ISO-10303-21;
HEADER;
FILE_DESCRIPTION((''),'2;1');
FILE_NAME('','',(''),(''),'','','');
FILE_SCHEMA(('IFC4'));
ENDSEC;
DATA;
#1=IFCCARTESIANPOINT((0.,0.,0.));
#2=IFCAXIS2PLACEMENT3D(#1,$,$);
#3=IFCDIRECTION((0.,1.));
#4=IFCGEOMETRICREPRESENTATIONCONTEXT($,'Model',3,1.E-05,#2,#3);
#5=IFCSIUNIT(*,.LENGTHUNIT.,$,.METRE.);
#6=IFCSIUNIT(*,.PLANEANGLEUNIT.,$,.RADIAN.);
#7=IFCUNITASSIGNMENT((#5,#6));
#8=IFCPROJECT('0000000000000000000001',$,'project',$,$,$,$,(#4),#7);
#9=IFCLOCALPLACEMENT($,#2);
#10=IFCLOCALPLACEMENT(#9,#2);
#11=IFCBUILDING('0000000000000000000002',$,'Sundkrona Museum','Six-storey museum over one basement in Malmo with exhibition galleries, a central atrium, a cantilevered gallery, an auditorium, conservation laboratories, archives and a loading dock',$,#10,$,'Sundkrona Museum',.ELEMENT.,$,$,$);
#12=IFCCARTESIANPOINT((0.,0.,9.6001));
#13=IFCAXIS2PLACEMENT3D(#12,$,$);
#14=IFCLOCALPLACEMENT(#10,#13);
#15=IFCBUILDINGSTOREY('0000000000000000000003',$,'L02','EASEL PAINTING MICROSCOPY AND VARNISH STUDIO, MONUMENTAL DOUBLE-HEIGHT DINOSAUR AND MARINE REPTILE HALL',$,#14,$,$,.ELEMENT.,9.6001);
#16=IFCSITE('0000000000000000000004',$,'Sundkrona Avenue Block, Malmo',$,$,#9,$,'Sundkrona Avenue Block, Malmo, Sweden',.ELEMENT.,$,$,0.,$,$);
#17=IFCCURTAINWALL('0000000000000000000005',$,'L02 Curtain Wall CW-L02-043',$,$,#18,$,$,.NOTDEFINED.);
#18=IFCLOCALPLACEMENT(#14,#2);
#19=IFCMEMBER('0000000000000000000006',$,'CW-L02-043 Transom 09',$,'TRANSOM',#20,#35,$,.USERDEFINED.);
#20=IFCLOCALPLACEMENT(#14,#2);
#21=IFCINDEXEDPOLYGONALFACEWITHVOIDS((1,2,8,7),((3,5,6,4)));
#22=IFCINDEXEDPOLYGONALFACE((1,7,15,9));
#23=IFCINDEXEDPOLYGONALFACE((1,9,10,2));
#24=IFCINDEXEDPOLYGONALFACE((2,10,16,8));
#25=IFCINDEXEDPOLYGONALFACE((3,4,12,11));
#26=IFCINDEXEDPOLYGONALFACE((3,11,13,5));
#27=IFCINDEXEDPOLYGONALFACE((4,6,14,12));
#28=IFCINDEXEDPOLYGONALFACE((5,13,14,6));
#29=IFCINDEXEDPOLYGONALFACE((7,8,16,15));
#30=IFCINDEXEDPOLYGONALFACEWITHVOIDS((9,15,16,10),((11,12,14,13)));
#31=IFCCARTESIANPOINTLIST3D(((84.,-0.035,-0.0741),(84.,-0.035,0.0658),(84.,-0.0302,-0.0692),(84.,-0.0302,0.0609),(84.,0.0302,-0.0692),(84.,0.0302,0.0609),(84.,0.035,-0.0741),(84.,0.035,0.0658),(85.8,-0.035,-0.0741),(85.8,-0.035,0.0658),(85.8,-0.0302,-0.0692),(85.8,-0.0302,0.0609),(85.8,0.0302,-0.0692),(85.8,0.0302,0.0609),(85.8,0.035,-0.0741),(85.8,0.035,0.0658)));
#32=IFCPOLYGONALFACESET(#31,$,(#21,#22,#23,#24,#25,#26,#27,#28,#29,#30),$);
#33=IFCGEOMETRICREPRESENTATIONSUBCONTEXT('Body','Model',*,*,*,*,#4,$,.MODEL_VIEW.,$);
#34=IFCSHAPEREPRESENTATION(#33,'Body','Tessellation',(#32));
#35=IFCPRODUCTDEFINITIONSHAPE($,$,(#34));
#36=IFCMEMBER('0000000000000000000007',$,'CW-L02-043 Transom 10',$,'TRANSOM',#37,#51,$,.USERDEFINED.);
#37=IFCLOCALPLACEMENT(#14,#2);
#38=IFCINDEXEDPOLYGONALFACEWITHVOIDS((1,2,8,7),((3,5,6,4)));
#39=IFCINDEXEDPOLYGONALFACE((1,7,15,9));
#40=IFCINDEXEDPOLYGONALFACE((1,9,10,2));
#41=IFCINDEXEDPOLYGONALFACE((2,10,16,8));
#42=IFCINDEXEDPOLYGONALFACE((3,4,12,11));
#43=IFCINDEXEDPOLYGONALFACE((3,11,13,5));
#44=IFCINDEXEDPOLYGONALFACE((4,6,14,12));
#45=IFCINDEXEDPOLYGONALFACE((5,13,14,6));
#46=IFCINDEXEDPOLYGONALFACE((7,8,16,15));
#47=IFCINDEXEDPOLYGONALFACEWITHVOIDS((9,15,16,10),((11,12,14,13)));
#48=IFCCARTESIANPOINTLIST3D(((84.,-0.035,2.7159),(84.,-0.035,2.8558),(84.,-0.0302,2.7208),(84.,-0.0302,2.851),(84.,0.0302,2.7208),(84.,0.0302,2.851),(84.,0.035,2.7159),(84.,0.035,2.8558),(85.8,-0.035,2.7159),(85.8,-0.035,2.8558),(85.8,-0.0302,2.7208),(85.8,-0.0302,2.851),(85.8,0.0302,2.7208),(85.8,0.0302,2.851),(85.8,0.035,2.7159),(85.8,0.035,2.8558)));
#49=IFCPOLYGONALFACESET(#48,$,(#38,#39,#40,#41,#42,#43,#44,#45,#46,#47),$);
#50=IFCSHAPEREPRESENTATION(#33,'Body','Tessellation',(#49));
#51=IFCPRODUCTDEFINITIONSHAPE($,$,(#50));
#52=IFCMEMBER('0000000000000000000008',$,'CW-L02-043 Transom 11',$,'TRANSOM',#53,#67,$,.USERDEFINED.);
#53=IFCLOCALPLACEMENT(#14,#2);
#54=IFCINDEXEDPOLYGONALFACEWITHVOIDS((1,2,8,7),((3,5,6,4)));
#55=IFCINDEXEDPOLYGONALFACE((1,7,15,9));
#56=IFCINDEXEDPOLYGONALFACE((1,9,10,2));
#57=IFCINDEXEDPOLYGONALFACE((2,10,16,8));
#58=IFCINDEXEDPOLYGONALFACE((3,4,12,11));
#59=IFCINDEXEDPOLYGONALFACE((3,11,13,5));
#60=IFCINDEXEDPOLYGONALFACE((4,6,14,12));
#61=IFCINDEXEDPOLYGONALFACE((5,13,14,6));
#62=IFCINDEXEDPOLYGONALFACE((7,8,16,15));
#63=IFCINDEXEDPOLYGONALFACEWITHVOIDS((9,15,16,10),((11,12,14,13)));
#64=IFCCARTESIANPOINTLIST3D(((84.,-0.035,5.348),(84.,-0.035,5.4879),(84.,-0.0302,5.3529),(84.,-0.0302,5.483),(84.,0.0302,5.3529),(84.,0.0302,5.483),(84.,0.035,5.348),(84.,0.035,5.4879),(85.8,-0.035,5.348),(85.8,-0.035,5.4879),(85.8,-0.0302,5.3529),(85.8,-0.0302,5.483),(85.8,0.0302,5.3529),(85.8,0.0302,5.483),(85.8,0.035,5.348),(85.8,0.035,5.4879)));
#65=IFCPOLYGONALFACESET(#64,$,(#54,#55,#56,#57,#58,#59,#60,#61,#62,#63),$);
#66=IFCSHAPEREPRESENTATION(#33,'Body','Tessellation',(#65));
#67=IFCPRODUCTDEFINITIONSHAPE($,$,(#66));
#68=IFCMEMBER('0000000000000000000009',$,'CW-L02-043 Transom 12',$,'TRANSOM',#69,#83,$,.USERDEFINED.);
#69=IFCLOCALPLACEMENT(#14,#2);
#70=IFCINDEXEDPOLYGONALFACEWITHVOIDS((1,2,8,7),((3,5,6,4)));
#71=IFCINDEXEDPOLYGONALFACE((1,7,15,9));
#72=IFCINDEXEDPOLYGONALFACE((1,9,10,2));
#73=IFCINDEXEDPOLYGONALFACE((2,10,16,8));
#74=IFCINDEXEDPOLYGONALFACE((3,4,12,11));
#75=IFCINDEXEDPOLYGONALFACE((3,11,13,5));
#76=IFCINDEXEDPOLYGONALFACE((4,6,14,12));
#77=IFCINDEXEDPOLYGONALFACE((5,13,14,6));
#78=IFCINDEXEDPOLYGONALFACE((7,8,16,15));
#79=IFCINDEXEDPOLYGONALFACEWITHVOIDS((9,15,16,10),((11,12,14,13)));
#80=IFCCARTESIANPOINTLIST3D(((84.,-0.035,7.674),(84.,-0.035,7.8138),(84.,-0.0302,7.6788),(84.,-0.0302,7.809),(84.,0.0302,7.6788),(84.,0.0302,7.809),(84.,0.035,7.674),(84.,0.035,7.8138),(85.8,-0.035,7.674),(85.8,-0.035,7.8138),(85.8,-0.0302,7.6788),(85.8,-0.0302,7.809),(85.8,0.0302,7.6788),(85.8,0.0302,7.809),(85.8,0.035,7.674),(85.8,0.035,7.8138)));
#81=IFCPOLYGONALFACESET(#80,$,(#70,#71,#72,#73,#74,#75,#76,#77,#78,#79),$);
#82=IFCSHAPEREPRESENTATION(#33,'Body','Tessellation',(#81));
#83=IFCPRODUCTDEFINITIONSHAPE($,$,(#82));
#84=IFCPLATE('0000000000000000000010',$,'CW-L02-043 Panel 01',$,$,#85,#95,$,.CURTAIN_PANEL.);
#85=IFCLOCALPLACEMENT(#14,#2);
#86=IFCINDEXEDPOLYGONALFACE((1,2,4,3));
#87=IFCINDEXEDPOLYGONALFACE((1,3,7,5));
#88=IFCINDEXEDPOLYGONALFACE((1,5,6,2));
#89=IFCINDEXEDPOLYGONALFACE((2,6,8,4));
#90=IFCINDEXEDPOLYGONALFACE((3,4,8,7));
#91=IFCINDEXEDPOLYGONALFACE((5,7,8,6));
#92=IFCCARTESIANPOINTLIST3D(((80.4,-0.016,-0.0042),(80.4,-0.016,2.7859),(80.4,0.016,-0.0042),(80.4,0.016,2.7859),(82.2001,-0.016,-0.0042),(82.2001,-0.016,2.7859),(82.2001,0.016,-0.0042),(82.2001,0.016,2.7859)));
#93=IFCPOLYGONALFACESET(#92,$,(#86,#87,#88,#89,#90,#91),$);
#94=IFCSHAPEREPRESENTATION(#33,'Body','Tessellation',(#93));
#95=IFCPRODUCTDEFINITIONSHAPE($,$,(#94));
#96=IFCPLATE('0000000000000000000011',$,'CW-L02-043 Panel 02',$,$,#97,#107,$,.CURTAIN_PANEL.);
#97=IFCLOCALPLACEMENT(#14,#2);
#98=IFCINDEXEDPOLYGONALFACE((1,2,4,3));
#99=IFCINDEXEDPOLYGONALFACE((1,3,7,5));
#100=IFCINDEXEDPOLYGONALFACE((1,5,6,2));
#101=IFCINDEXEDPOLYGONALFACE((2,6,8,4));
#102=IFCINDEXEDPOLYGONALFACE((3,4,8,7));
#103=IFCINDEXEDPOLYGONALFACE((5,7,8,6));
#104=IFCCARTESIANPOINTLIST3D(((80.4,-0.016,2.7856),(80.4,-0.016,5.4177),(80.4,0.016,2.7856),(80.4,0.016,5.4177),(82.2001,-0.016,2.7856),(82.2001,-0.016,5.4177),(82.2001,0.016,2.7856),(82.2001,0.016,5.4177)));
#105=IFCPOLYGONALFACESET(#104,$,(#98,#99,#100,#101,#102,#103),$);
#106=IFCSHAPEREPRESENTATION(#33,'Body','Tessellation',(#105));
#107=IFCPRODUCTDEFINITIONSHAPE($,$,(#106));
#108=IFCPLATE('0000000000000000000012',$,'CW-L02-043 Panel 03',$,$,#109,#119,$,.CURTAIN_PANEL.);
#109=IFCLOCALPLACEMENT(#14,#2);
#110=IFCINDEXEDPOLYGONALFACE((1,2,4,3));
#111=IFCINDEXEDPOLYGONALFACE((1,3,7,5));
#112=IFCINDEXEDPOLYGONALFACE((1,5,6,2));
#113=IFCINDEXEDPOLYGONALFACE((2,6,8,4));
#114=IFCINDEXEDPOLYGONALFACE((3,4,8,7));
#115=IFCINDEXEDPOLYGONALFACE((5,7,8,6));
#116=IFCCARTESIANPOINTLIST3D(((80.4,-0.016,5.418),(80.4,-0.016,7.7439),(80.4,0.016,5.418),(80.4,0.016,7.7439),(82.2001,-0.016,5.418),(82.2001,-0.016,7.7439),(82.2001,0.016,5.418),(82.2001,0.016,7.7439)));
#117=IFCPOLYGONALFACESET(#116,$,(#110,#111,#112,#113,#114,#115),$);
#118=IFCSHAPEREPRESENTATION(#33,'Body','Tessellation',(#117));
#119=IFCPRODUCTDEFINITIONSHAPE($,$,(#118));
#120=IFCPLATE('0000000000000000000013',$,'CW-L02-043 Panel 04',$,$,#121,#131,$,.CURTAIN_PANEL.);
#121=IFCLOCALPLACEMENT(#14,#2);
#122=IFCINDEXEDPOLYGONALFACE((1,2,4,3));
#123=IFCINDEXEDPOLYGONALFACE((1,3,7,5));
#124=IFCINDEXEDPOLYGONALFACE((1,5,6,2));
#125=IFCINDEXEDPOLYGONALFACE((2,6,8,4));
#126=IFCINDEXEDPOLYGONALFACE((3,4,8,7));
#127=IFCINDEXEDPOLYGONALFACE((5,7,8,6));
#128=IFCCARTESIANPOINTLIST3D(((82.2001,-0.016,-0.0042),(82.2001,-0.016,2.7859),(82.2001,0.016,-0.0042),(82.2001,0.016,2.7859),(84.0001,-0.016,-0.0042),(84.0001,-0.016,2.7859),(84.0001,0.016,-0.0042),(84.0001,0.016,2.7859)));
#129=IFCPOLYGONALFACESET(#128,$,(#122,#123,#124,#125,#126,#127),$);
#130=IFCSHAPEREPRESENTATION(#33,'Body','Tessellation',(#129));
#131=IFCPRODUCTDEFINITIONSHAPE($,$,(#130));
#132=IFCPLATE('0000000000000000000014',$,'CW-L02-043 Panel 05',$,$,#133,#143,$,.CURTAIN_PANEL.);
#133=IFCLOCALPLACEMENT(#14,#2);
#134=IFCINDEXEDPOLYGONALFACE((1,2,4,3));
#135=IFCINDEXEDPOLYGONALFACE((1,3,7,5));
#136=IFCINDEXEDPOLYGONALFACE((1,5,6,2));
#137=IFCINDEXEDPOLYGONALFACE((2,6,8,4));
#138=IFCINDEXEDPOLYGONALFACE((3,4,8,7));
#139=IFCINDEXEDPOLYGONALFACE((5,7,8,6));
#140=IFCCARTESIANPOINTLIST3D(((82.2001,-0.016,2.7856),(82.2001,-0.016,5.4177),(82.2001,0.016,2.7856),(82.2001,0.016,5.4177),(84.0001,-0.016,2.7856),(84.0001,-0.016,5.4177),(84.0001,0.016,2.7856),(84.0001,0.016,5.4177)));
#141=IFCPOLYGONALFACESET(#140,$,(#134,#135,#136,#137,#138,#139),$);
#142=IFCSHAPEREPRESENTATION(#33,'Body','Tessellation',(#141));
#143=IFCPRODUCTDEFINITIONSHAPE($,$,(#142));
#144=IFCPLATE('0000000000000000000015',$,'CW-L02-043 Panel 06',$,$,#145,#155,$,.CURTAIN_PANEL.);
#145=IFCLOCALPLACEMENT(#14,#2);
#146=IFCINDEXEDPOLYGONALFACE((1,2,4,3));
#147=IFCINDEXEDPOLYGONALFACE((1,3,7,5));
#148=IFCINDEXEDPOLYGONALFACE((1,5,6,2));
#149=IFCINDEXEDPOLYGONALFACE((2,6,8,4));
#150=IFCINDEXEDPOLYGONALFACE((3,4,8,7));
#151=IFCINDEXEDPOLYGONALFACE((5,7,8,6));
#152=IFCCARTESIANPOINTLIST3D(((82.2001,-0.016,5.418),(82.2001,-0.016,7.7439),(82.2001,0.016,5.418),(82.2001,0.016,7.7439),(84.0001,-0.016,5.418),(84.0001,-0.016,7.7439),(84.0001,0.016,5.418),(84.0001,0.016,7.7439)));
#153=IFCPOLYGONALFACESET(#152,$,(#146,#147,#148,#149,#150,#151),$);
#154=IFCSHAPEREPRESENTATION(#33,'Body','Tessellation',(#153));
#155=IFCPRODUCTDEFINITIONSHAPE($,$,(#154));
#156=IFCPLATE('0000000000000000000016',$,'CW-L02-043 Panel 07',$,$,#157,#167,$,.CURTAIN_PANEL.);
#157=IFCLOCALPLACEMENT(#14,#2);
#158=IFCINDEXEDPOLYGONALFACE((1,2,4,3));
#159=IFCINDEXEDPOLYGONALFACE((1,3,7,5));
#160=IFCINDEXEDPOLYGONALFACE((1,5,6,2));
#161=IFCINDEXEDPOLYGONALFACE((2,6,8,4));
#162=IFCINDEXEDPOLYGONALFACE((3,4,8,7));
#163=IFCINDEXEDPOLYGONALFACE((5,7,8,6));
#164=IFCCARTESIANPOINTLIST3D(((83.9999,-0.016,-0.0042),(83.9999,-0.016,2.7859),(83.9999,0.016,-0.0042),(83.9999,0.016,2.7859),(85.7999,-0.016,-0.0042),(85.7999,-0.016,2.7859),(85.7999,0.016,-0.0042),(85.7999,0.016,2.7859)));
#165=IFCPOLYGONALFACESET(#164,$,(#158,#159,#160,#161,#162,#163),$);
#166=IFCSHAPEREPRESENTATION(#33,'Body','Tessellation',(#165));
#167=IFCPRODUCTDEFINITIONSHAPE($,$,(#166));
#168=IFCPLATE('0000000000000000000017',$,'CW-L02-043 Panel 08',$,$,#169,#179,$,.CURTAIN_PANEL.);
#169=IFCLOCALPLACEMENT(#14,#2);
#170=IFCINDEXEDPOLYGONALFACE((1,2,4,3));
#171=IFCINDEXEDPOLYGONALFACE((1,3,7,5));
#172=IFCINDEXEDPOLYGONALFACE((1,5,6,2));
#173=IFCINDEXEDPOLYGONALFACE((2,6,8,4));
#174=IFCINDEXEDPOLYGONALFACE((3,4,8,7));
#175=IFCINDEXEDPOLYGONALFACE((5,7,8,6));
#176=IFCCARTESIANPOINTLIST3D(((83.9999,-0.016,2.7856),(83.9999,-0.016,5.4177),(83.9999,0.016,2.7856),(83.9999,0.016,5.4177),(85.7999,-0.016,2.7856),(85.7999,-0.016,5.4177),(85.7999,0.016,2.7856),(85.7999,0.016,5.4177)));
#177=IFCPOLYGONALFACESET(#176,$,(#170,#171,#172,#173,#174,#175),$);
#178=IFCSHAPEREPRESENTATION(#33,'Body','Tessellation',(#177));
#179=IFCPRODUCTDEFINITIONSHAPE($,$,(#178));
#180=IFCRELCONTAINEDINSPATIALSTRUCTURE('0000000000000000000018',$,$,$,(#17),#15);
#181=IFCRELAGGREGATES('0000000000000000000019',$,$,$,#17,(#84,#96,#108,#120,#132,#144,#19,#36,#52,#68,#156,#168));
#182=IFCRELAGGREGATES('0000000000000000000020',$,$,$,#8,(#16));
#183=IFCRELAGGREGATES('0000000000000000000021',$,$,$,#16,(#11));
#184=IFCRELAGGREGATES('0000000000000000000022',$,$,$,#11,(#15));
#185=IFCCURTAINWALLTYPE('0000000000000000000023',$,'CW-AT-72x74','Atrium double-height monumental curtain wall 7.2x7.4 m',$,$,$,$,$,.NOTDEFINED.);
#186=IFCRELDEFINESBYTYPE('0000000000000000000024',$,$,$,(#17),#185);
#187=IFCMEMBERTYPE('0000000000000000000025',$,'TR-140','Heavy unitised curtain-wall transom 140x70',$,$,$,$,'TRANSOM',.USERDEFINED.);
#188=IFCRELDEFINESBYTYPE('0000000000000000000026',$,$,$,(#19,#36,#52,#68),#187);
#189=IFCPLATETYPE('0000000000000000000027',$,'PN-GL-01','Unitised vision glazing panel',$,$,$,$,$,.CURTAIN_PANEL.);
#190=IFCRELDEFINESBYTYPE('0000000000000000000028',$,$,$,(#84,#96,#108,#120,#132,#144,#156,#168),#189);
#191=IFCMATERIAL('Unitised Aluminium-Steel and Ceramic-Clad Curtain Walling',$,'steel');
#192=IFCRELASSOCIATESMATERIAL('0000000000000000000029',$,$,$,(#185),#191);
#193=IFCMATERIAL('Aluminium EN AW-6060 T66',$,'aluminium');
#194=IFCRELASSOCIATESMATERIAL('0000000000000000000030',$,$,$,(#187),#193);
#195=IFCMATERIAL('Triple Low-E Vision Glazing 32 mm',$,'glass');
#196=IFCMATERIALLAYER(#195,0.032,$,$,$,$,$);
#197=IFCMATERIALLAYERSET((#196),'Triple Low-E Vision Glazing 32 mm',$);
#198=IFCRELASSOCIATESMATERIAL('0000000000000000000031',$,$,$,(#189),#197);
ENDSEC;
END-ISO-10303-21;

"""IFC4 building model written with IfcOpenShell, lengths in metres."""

from ifc_helpers import new_model, si_unit, direction, frame, origin, origin_2d, place, context, subcontext, project, spatial, rectangle, hollow_rectangle, extrude, material, layer, layer_set, material_profile, profile_set, type_object, element, aggregate, save


model = new_model("IFC4")

# Units and contexts
model_context = context("Model", 3, precision=1e-05, world=origin(), true_north=direction((0.0, 1.0)))
body_context = subcontext(model_context, "Body", "Model", "MODEL_VIEW")
ifc_project = project(units=[si_unit("LENGTHUNIT", "METRE"), si_unit("PLANEANGLEUNIT", "RADIAN")], contexts=[model_context])

# Site, building, storey
site_placement = place(None, origin())
site = spatial("IfcSite", under=ifc_project, at=site_placement, Name="Sundkrona Avenue Block, Malmo", LongName="Sundkrona Avenue Block, Malmo, Sweden", CompositionType="ELEMENT", RefElevation=0.0)
building_placement = place(site_placement, origin())
building = spatial("IfcBuilding", under=site, at=building_placement, Name="Sundkrona Museum", Description="Six-storey museum over one basement in Malmo with exhibition galleries, a central atrium, a cantilevered gallery, an auditorium, conservation laboratories, archives and a loading dock", LongName="Sundkrona Museum", CompositionType="ELEMENT")
storey_placement = place(building_placement, frame((0.0, 0.0, 9.6001)))
storey = spatial("IfcBuildingStorey", under=building, at=storey_placement, Name="L02", Description="EASEL PAINTING MICROSCOPY AND VARNISH STUDIO, MONUMENTAL DOUBLE-HEIGHT DINOSAUR AND MARINE REPTILE HALL", CompositionType="ELEMENT", Elevation=9.6001)

# Curtain wall, members, plates
ifc_material_1 = material(Name="Unitised Aluminium-Steel and Ceramic-Clad Curtain Walling", Category="steel")
curtain_wall_type = type_object("IfcCurtainWallType", Name="CW-AT-72x74", Description="Atrium double-height monumental curtain wall 7.2x7.4 m", PredefinedType="NOTDEFINED", material=ifc_material_1)
curtain_wall_placement = place(storey_placement, origin())
curtain_wall = element("IfcCurtainWall", 1, at=curtain_wall_placement, inside=storey, type_object=curtain_wall_type, Name="L02 Curtain Wall CW-L02-043", PredefinedType="NOTDEFINED")
ifc_material_2 = material(Name="Aluminium EN AW-6060 T66", Category="aluminium")
ifc_material_profile_1 = material_profile(ifc_material_2, hollow_rectangle(XDim=0.0701, YDim=0.1399, WallThickness=0.0049, at=origin_2d()), Name="RHS 140x70x5.0")
ifc_profile_set_1 = profile_set([ifc_material_profile_1], Name="Aluminium EN AW-6060 T66")
member_type_1 = type_object("IfcMemberType", Name="TR-140", Description="Heavy unitised curtain-wall transom 140x70", ElementType="TRANSOM", PredefinedType="USERDEFINED", material=ifc_profile_set_1)
member_1_placement = place(storey_placement, frame((84.0, 0.0, -0.0042), z_axis=(1.0, 0.0, 0.0), x_axis=(0.0, 1.0, 0.0)))
member_1 = element("IfcMember", 2, at=member_1_placement, type_object=member_type_1, Name="CW-L02-043 Transom 09", ObjectType="TRANSOM", PredefinedType="USERDEFINED", context=body_context, shape_type="SweptSolid", body=[
    extrude(hollow_rectangle(XDim=0.0701, YDim=0.1399, WallThickness=0.0049, at=origin_2d()), origin(), (0.0, 0.0, 1.0), 1.8),
])
member_2_placement = place(storey_placement, frame((84.0, 0.0, 2.7859), z_axis=(1.0, 0.0, 0.0), x_axis=(0.0, 1.0, 0.0)))
member_2 = element("IfcMember", 3, at=member_2_placement, type_object=member_type_1, Name="CW-L02-043 Transom 10", ObjectType="TRANSOM", PredefinedType="USERDEFINED", context=body_context, shape_type="SweptSolid", body=[
    extrude(hollow_rectangle(XDim=0.0701, YDim=0.1399, WallThickness=0.0049, at=origin_2d()), origin(), (0.0, 0.0, 1.0), 1.8),
])
member_3_placement = place(storey_placement, frame((84.0, 0.0, 5.418), z_axis=(1.0, 0.0, 0.0), x_axis=(0.0, 1.0, 0.0)))
member_3 = element("IfcMember", 4, at=member_3_placement, type_object=member_type_1, Name="CW-L02-043 Transom 11", ObjectType="TRANSOM", PredefinedType="USERDEFINED", context=body_context, shape_type="SweptSolid", body=[
    extrude(hollow_rectangle(XDim=0.0701, YDim=0.1399, WallThickness=0.0049, at=origin_2d()), origin(), (0.0, 0.0, 1.0), 1.8),
])
member_4_placement = place(storey_placement, frame((84.0, 0.0, 7.7439), z_axis=(1.0, 0.0, 0.0), x_axis=(0.0, 1.0, 0.0)))
member_4 = element("IfcMember", 5, at=member_4_placement, type_object=member_type_1, Name="CW-L02-043 Transom 12", ObjectType="TRANSOM", PredefinedType="USERDEFINED", context=body_context, shape_type="SweptSolid", body=[
    extrude(hollow_rectangle(XDim=0.0701, YDim=0.1399, WallThickness=0.0049, at=origin_2d()), origin(), (0.0, 0.0, 1.0), 1.8),
])
ifc_material_3 = material(Name="Triple Low-E Vision Glazing 32 mm", Category="glass")
ifc_layer = layer(ifc_material_3, 0.032)
ifc_layer_set = layer_set([ifc_layer], Name="Triple Low-E Vision Glazing 32 mm")
plate_type = type_object("IfcPlateType", Name="PN-GL-01", Description="Unitised vision glazing panel", PredefinedType="CURTAIN_PANEL", material=ifc_layer_set)
plate_1_placement = place(storey_placement, frame((81.3, 0.0, -0.0042), z_axis=(0.0, 0.0, 1.0), x_axis=(1.0, 0.0, 0.0)))
plate_1 = element("IfcPlate", 6, at=plate_1_placement, type_object=plate_type, Name="CW-L02-043 Panel 01", PredefinedType="CURTAIN_PANEL", context=body_context, shape_type="SweptSolid", body=[
    extrude(rectangle(XDim=1.8, YDim=0.032, at=origin_2d()), origin(), (0.0, 0.0, 1.0), 2.79),
])
plate_2_placement = place(storey_placement, frame((81.3, 0.0, 2.7856), z_axis=(0.0, 0.0, 1.0), x_axis=(1.0, 0.0, 0.0)))
plate_2 = element("IfcPlate", 7, at=plate_2_placement, type_object=plate_type, Name="CW-L02-043 Panel 02", PredefinedType="CURTAIN_PANEL", context=body_context, shape_type="SweptSolid", body=[
    extrude(rectangle(XDim=1.8, YDim=0.032, at=origin_2d()), origin(), (0.0, 0.0, 1.0), 2.6321),
])
plate_3_placement = place(storey_placement, frame((81.3, 0.0, 5.418), z_axis=(0.0, 0.0, 1.0), x_axis=(1.0, 0.0, 0.0)))
plate_3 = element("IfcPlate", 8, at=plate_3_placement, type_object=plate_type, Name="CW-L02-043 Panel 03", PredefinedType="CURTAIN_PANEL", context=body_context, shape_type="SweptSolid", body=[
    extrude(rectangle(XDim=1.8, YDim=0.032, at=origin_2d()), origin(), (0.0, 0.0, 1.0), 2.3259),
])
plate_4_placement = place(storey_placement, frame((83.1001, 0.0, -0.0042), z_axis=(0.0, 0.0, 1.0), x_axis=(1.0, 0.0, 0.0)))
plate_4 = element("IfcPlate", 9, at=plate_4_placement, type_object=plate_type, Name="CW-L02-043 Panel 04", PredefinedType="CURTAIN_PANEL", context=body_context, shape_type="SweptSolid", body=[
    extrude(rectangle(XDim=1.8, YDim=0.032, at=origin_2d()), origin(), (0.0, 0.0, 1.0), 2.79),
])
plate_5_placement = place(storey_placement, frame((83.1001, 0.0, 2.7856), z_axis=(0.0, 0.0, 1.0), x_axis=(1.0, 0.0, 0.0)))
plate_5 = element("IfcPlate", 10, at=plate_5_placement, type_object=plate_type, Name="CW-L02-043 Panel 05", PredefinedType="CURTAIN_PANEL", context=body_context, shape_type="SweptSolid", body=[
    extrude(rectangle(XDim=1.8, YDim=0.032, at=origin_2d()), origin(), (0.0, 0.0, 1.0), 2.6321),
])
plate_6_placement = place(storey_placement, frame((83.1001, 0.0, 5.418), z_axis=(0.0, 0.0, 1.0), x_axis=(1.0, 0.0, 0.0)))
plate_6 = element("IfcPlate", 11, at=plate_6_placement, type_object=plate_type, Name="CW-L02-043 Panel 06", PredefinedType="CURTAIN_PANEL", context=body_context, shape_type="SweptSolid", body=[
    extrude(rectangle(XDim=1.8, YDim=0.032, at=origin_2d()), origin(), (0.0, 0.0, 1.0), 2.3259),
])
plate_7_placement = place(storey_placement, frame((84.8999, 0.0, -0.0042), z_axis=(0.0, 0.0, 1.0), x_axis=(1.0, 0.0, 0.0)))
plate_7 = element("IfcPlate", 12, at=plate_7_placement, type_object=plate_type, Name="CW-L02-043 Panel 07", PredefinedType="CURTAIN_PANEL", context=body_context, shape_type="SweptSolid", body=[
    extrude(rectangle(XDim=1.8, YDim=0.032, at=origin_2d()), origin(), (0.0, 0.0, 1.0), 2.79),
])
plate_8_placement = place(storey_placement, frame((84.8999, 0.0, 2.7856), z_axis=(0.0, 0.0, 1.0), x_axis=(1.0, 0.0, 0.0)))
plate_8 = element("IfcPlate", 13, at=plate_8_placement, type_object=plate_type, Name="CW-L02-043 Panel 08", PredefinedType="CURTAIN_PANEL", context=body_context, shape_type="SweptSolid", body=[
    extrude(rectangle(XDim=1.8, YDim=0.032, at=origin_2d()), origin(), (0.0, 0.0, 1.0), 2.6321),
])
aggregate(curtain_wall, [plate_1, plate_2, plate_3, plate_4, plate_5, plate_6, member_1, member_2, member_3, member_4, plate_7, plate_8])

save(model, "model.ifc")
